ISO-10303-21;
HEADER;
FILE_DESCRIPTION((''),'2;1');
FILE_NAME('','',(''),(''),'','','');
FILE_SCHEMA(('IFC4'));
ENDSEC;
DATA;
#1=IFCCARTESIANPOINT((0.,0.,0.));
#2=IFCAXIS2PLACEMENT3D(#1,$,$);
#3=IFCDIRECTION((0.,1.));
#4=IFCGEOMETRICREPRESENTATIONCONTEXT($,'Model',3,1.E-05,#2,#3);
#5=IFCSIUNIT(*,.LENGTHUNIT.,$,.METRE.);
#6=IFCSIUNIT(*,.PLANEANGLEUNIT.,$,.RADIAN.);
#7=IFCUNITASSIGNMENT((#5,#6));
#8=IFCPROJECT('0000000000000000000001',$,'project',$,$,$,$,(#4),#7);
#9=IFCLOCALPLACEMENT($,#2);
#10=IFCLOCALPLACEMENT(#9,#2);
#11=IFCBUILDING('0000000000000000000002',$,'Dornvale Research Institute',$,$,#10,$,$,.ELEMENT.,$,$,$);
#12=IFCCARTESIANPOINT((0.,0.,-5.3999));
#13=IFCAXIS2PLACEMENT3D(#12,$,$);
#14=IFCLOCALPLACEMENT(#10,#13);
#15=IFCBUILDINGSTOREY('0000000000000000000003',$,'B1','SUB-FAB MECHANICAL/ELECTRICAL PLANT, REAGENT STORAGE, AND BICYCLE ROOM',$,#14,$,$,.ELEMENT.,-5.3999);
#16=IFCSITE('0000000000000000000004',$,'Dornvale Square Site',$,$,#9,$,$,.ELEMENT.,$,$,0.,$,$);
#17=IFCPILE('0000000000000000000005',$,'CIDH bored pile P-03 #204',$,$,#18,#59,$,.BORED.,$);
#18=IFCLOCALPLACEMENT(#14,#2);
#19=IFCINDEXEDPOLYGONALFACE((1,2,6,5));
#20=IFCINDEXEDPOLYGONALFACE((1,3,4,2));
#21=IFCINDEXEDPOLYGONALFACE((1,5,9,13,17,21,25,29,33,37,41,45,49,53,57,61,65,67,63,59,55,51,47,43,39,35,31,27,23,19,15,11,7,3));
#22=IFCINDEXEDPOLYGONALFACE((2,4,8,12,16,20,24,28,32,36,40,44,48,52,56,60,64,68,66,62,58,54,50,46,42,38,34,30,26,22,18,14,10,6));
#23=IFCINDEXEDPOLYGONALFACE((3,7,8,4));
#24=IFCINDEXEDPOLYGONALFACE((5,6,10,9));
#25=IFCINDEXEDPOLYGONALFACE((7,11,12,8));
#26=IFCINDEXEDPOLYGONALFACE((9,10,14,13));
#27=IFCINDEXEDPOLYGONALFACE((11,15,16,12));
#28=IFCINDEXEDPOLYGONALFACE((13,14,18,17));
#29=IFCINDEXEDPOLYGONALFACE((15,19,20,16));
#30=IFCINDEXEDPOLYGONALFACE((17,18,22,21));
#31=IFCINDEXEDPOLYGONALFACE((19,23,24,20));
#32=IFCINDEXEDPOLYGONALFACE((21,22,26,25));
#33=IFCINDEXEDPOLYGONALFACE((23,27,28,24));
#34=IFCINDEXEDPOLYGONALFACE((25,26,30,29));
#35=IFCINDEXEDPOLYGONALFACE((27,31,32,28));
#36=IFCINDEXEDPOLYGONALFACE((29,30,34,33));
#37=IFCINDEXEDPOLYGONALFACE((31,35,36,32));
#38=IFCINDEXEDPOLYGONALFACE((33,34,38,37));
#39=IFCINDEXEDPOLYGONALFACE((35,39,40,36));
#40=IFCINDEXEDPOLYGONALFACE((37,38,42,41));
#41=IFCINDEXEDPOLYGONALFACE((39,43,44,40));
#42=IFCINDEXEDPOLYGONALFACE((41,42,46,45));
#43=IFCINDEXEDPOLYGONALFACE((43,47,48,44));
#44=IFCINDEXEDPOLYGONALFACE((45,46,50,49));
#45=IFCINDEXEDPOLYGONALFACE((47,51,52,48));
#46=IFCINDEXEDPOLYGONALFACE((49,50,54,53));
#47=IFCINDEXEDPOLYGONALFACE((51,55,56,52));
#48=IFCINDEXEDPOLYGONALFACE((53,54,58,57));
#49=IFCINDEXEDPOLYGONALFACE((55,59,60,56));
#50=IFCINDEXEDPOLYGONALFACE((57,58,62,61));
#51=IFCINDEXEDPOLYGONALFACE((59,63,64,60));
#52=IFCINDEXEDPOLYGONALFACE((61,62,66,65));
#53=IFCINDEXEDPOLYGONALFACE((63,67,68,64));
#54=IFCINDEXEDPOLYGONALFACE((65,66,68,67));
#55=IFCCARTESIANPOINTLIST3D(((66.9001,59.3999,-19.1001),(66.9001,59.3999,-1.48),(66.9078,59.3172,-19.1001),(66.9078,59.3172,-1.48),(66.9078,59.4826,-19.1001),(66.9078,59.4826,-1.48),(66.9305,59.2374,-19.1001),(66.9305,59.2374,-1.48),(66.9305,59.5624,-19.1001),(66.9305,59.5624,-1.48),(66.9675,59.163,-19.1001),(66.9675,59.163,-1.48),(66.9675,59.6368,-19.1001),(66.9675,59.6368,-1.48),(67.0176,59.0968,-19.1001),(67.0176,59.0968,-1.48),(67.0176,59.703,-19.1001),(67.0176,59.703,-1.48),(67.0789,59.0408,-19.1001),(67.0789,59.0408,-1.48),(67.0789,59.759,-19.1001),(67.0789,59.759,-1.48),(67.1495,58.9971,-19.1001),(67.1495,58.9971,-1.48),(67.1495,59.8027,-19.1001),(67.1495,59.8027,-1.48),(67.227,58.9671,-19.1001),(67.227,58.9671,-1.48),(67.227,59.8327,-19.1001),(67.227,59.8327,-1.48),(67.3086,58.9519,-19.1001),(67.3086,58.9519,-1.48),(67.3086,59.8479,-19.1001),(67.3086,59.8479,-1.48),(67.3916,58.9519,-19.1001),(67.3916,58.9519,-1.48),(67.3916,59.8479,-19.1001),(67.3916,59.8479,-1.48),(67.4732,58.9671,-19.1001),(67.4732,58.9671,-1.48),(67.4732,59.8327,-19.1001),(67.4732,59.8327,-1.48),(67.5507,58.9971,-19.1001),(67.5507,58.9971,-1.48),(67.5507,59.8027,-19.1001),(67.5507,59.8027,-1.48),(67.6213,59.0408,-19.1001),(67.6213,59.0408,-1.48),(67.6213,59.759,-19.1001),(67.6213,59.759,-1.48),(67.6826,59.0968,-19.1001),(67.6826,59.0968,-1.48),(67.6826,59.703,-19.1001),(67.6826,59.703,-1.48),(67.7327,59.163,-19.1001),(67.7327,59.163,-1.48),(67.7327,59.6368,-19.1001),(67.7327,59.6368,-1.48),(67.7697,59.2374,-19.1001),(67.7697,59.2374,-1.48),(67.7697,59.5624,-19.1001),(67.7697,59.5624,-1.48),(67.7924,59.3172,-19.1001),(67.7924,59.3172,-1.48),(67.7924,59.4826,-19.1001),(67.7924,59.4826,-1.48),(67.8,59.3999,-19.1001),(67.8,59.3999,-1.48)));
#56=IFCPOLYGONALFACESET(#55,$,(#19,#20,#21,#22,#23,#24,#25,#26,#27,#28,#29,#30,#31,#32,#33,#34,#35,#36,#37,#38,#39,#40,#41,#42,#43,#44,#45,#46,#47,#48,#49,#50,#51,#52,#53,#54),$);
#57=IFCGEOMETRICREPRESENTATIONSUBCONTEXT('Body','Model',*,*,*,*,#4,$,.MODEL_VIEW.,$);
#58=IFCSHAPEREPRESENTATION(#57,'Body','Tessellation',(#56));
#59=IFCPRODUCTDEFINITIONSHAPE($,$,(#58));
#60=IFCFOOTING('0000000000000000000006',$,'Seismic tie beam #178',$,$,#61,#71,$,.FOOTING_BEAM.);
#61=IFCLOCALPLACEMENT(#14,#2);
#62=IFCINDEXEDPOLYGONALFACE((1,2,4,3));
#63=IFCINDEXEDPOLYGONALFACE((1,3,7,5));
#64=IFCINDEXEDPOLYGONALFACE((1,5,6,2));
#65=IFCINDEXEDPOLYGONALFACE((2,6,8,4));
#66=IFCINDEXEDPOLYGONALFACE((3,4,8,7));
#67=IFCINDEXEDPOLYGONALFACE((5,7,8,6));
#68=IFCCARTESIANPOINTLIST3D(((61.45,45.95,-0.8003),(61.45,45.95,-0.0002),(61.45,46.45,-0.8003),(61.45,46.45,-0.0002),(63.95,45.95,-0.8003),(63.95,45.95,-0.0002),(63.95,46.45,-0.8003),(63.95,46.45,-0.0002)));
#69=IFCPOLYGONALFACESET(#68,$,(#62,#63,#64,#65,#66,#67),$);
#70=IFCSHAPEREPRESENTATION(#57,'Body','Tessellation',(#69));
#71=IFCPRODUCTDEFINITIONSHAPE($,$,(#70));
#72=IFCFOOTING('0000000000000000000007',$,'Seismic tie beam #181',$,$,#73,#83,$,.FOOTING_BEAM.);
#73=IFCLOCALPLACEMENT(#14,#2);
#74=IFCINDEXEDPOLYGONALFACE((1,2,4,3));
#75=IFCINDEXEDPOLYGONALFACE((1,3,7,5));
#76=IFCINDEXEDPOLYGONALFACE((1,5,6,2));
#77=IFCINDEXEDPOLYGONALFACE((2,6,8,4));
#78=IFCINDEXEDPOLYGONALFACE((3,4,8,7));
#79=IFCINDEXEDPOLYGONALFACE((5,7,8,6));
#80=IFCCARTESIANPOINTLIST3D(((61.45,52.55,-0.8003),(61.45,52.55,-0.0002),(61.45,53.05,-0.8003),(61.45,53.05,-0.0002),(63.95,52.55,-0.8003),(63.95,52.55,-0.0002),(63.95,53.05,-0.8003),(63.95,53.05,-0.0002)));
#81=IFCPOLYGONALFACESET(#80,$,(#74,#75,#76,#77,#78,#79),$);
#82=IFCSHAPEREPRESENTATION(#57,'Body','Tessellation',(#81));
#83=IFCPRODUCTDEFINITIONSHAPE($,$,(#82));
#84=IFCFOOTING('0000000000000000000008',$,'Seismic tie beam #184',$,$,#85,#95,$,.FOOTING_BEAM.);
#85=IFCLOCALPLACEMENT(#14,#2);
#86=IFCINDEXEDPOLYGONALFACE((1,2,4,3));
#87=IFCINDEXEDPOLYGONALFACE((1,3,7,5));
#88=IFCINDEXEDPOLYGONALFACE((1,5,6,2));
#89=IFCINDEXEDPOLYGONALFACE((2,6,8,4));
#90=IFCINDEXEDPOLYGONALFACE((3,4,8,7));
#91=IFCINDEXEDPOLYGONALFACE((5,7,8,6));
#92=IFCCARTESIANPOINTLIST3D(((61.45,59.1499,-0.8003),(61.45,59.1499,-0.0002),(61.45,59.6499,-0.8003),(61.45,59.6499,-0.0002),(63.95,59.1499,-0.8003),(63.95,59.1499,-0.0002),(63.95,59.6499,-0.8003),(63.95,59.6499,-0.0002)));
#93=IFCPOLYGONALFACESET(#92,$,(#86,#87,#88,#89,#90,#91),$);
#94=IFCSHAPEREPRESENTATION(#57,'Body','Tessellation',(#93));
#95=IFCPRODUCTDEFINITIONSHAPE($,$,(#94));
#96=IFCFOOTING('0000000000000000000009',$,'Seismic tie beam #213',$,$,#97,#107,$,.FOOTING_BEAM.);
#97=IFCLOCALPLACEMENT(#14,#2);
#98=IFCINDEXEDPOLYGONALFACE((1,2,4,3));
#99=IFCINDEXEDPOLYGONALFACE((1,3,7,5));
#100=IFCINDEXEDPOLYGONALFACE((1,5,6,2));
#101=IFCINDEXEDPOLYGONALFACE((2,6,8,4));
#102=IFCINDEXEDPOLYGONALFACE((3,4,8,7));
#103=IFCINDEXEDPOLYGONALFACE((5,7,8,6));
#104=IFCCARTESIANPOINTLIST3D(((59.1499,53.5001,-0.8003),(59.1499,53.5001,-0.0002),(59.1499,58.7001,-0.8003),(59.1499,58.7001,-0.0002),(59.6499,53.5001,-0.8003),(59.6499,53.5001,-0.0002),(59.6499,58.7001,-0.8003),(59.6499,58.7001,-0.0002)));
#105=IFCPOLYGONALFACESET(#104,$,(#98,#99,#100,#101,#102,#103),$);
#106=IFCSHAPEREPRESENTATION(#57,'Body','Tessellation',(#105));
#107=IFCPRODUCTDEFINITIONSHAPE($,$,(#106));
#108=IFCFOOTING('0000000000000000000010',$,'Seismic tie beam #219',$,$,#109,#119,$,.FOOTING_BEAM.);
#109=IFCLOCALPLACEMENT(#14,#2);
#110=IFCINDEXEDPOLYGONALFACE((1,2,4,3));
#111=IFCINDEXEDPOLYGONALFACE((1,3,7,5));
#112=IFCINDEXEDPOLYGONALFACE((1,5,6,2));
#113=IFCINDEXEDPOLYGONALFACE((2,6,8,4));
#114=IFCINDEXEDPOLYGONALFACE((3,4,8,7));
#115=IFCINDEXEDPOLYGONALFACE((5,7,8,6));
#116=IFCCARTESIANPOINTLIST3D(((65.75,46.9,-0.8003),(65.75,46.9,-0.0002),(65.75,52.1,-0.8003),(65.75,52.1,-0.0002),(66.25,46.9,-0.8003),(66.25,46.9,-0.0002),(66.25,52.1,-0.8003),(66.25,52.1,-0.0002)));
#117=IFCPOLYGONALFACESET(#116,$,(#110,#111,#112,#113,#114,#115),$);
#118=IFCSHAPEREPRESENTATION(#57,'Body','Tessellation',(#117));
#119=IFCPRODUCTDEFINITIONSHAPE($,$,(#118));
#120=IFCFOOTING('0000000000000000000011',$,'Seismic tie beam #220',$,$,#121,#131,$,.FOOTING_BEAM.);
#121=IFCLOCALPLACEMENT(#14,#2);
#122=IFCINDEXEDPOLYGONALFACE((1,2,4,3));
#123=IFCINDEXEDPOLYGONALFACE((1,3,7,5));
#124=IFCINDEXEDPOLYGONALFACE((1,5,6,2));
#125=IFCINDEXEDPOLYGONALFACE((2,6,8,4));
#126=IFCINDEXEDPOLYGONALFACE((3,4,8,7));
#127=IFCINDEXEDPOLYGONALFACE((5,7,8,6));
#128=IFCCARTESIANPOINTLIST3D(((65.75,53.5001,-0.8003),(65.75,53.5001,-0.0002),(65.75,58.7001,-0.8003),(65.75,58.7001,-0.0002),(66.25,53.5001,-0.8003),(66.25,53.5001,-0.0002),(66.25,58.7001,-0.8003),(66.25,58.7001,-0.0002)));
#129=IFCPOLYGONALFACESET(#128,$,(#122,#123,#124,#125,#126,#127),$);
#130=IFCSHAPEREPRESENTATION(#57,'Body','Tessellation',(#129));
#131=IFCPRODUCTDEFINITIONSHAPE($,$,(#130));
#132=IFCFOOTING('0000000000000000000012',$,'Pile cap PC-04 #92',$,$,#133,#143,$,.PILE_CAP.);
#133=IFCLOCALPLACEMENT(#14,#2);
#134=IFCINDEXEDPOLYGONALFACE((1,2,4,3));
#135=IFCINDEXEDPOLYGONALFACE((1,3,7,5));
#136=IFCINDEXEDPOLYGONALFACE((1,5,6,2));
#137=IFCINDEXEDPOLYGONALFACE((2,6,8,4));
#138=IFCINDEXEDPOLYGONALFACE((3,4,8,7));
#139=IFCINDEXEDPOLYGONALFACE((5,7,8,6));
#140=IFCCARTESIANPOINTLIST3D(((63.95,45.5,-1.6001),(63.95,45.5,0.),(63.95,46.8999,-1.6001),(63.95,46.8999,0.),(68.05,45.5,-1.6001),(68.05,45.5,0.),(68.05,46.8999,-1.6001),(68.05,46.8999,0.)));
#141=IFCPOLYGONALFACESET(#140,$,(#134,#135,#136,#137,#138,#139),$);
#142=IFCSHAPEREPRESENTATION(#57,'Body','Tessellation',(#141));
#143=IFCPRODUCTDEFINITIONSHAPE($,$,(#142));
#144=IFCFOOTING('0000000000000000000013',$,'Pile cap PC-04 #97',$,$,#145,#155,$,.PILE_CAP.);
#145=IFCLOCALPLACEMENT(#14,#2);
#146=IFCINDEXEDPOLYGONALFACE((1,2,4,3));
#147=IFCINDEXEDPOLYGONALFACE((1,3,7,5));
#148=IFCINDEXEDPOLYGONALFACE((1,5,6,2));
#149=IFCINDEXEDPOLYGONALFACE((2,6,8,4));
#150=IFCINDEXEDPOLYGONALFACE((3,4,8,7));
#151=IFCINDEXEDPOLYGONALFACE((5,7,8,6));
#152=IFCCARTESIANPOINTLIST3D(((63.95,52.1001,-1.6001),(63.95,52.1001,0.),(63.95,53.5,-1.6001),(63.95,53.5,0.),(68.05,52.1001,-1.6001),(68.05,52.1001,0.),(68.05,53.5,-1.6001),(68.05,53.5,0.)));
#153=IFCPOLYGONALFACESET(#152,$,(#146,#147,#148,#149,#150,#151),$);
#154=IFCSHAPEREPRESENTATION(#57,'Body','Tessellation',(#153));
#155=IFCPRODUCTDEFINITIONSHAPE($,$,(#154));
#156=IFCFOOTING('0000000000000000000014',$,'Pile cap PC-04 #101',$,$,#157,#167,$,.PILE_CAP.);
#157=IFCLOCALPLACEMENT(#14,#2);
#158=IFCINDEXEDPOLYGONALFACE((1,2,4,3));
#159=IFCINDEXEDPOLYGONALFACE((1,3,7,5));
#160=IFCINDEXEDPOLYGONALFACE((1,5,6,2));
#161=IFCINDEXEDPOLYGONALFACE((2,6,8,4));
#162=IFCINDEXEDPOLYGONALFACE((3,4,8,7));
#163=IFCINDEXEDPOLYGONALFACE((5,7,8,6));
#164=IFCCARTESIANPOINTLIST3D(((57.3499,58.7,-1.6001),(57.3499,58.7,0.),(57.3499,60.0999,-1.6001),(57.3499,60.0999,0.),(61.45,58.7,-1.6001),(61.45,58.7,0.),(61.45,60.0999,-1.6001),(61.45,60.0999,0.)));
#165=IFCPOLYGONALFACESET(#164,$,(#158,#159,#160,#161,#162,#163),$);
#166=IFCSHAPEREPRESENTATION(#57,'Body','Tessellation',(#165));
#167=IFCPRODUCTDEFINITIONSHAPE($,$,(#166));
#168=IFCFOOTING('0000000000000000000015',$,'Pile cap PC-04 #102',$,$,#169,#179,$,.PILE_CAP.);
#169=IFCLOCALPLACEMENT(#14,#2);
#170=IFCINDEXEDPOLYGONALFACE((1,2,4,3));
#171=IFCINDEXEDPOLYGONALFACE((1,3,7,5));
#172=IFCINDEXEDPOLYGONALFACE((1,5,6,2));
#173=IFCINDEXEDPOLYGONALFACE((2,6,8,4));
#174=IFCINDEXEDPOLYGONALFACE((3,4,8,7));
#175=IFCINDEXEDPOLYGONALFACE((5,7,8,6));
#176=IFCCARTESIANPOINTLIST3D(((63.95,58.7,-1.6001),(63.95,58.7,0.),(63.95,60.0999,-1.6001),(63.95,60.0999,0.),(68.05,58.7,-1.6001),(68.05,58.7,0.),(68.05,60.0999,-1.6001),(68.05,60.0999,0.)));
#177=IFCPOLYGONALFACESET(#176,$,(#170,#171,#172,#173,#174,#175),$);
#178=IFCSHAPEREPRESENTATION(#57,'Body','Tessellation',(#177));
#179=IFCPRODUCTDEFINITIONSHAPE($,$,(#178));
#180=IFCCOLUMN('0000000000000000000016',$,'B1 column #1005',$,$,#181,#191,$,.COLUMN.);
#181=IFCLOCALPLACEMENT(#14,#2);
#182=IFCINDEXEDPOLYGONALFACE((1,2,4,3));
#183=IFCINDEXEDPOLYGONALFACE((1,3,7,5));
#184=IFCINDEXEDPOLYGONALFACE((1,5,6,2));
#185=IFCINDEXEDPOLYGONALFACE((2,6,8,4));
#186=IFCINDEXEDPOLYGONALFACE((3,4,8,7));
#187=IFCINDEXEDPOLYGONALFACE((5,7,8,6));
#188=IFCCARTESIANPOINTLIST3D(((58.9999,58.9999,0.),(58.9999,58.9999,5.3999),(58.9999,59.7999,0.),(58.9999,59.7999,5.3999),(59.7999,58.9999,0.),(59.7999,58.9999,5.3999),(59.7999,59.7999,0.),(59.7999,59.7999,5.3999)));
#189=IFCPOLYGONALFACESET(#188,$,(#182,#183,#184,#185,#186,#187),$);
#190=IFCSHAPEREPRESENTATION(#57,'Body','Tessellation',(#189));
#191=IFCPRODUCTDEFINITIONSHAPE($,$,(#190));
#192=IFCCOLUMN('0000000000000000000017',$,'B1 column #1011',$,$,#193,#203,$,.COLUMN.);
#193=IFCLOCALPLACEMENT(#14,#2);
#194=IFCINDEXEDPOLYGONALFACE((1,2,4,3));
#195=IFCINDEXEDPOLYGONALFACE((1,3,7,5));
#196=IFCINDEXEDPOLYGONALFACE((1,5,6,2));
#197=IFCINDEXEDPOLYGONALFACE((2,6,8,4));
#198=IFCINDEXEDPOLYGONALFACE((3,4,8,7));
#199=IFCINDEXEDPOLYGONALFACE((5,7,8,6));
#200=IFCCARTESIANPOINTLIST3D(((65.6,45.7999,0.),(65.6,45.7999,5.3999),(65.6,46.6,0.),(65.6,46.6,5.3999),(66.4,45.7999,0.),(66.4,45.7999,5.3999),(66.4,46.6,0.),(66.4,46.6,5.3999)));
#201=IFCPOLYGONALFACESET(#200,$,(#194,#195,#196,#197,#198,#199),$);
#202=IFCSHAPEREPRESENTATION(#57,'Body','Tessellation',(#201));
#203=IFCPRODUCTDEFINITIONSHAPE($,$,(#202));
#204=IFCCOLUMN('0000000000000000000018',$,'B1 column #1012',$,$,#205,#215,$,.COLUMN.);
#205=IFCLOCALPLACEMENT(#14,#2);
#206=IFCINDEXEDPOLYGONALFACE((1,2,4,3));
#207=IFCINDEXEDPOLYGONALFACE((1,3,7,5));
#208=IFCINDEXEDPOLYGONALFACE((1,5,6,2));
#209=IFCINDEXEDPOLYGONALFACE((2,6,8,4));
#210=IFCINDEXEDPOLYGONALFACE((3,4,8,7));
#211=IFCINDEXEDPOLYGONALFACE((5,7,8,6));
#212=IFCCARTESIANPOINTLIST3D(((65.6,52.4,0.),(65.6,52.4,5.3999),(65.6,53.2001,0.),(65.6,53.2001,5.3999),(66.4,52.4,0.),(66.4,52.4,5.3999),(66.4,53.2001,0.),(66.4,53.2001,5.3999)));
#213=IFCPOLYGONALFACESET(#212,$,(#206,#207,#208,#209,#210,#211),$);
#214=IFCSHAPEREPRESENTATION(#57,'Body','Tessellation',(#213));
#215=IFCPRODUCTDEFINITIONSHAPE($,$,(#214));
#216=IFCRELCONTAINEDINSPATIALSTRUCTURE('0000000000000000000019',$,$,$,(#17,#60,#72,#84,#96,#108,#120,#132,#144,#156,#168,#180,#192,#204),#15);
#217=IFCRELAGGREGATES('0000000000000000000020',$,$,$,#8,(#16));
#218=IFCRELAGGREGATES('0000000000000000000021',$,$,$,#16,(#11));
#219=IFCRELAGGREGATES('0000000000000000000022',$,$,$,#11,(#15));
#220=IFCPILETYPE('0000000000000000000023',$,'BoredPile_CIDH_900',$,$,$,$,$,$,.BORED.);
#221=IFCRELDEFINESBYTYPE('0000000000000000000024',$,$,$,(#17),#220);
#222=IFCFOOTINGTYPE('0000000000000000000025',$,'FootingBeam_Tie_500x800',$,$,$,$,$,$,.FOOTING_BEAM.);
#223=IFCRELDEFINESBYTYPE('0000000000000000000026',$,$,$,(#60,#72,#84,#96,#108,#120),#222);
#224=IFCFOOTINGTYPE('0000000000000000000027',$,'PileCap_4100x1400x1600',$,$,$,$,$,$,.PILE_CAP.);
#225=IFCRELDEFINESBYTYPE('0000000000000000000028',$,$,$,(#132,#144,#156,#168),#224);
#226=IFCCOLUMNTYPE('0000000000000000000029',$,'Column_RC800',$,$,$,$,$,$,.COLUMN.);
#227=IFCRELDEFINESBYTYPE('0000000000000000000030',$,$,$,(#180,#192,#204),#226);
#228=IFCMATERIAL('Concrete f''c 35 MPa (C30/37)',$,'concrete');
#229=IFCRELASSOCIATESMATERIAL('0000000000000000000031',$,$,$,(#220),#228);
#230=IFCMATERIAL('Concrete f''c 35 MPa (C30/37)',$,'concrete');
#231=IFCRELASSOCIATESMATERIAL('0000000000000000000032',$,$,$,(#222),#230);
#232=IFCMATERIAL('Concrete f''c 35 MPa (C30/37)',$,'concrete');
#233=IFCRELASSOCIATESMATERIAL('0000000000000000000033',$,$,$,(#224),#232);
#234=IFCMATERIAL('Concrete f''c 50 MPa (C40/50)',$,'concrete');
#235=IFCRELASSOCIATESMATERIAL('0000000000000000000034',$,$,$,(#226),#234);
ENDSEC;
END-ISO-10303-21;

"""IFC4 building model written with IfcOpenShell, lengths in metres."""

from ifc_helpers import new_model, si_unit, direction, frame, origin, origin_2d, place, context, subcontext, project, spatial, rectangle, circle, extrude, material, material_profile, profile_set, type_object, element, save


model = new_model("IFC4")

# Units and contexts
model_context = context("Model", 3, precision=1e-05, world=origin(), true_north=direction((0.0, 1.0)))
body_context = subcontext(model_context, "Body", "Model", "MODEL_VIEW")
ifc_project = project(units=[si_unit("LENGTHUNIT", "METRE"), si_unit("PLANEANGLEUNIT", "RADIAN")], contexts=[model_context])

# Site, building, storey
site_placement = place(None, origin())
site = spatial("IfcSite", under=ifc_project, at=site_placement, Name="Dornvale Square Site", CompositionType="ELEMENT", RefElevation=0.0)
building_placement = place(site_placement, origin())
building = spatial("IfcBuilding", under=site, at=building_placement, Name="Dornvale Research Institute", CompositionType="ELEMENT")
storey_placement = place(building_placement, frame((0.0, 0.0, -5.3999)))
storey = spatial("IfcBuildingStorey", under=building, at=storey_placement, Name="B1", Description="SUB-FAB MECHANICAL/ELECTRICAL PLANT, REAGENT STORAGE, AND BICYCLE ROOM", CompositionType="ELEMENT", Elevation=-5.3999)

# Pile
ifc_material_1 = material(Name="Concrete f'c 35 MPa (C30/37)", Category="concrete")
ifc_material_profile_1 = material_profile(ifc_material_1, circle(Radius=0.45, at=origin_2d()), Name="CIDH PILE D900")
ifc_profile_set_1 = profile_set([ifc_material_profile_1], Name="Concrete f'c 35 MPa (C30/37)")
pile_type = type_object("IfcPileType", Name="BoredPile_CIDH_900", PredefinedType="BORED", material=ifc_profile_set_1)
for number, where, z_axis, x_axis, name in (
    (1, (67.3501, 59.3999, -1.48), (0.0, 0.0, -1.0), (1.0, 0.0, 0.0), "CIDH bored pile P-03 #204"),
):
    element("IfcPile", number, at=place(storey_placement, frame(where, z_axis=z_axis, x_axis=x_axis)), inside=storey, type_object=pile_type, Name=name, PredefinedType="BORED", context=body_context, shape_type="SweptSolid", body=[
        extrude(circle(Radius=0.45, at=origin_2d()), origin(), (0.0, 0.0, 1.0), 17.6201),
    ])

# Footings
ifc_material_2 = material(Name="Concrete f'c 35 MPa (C30/37)", Category="concrete")
footing_type_1 = type_object("IfcFootingType", Name="FootingBeam_Tie_500x800", PredefinedType="FOOTING_BEAM", material=ifc_material_2)
for number, where, z_axis, x_axis, name in (
    (2, (62.7, 46.2, -0.8003), (0.0, 0.0, 1.0), (1.0, 0.0, 0.0), "Seismic tie beam #178"),
    (3, (62.7, 52.8, -0.8003), (0.0, 0.0, 1.0), (1.0, 0.0, 0.0), "Seismic tie beam #181"),
    (4, (62.7, 59.3999, -0.8003), (0.0, 0.0, 1.0), (1.0, 0.0, 0.0), "Seismic tie beam #184"),
):
    element("IfcFooting", number, at=place(storey_placement, frame(where, z_axis=z_axis, x_axis=x_axis)), inside=storey, type_object=footing_type_1, Name=name, PredefinedType="FOOTING_BEAM", context=body_context, shape_type="SweptSolid", body=[
        extrude(rectangle(XDim=2.5, YDim=0.5, at=origin_2d()), origin(), (0.0, 0.0, 1.0), 0.8),
    ])
for number, where, z_axis, x_axis, name in (
    (5, (59.3999, 56.1001, -0.8003), (0.0, 0.0, 1.0), (0.0, 1.0, 0.0), "Seismic tie beam #213"),
    (6, (66.0, 49.5, -0.8003), (0.0, 0.0, 1.0), (0.0, 1.0, 0.0), "Seismic tie beam #219"),
    (7, (66.0, 56.1001, -0.8003), (0.0, 0.0, 1.0), (0.0, 1.0, 0.0), "Seismic tie beam #220"),
):
    element("IfcFooting", number, at=place(storey_placement, frame(where, z_axis=z_axis, x_axis=x_axis)), inside=storey, type_object=footing_type_1, Name=name, PredefinedType="FOOTING_BEAM", context=body_context, shape_type="SweptSolid", body=[
        extrude(rectangle(XDim=5.2, YDim=0.5, at=origin_2d()), origin(), (0.0, 0.0, 1.0), 0.8),
    ])
ifc_material_3 = material(Name="Concrete f'c 35 MPa (C30/37)", Category="concrete")
footing_type_2 = type_object("IfcFootingType", Name="PileCap_4100x1400x1600", PredefinedType="PILE_CAP", material=ifc_material_3)
for number, where, z_axis, x_axis, name in (
    (8, (66.0, 46.2, -1.6001), (0.0, 0.0, 1.0), (1.0, 0.0, 0.0), "Pile cap PC-04 #92"),
    (9, (66.0, 52.8, -1.6001), (0.0, 0.0, 1.0), (1.0, 0.0, 0.0), "Pile cap PC-04 #97"),
    (10, (59.3999, 59.3999, -1.6001), (0.0, 0.0, 1.0), (1.0, 0.0, 0.0), "Pile cap PC-04 #101"),
    (11, (66.0, 59.3999, -1.6001), (0.0, 0.0, 1.0), (1.0, 0.0, 0.0), "Pile cap PC-04 #102"),
):
    element("IfcFooting", number, at=place(storey_placement, frame(where, z_axis=z_axis, x_axis=x_axis)), inside=storey, type_object=footing_type_2, Name=name, PredefinedType="PILE_CAP", context=body_context, shape_type="SweptSolid", body=[
        extrude(rectangle(XDim=4.1001, YDim=1.3999, at=origin_2d()), origin(), (0.0, 0.0, 1.0), 1.6001),
    ])

# Columns
ifc_material_4 = material(Name="Concrete f'c 50 MPa (C40/50)", Category="concrete")
ifc_material_profile_2 = material_profile(ifc_material_4, rectangle(XDim=0.8, YDim=0.8, at=origin_2d()), Name="RC 800x800")
ifc_profile_set_2 = profile_set([ifc_material_profile_2], Name="Concrete f'c 50 MPa (C40/50)")
column_type = type_object("IfcColumnType", Name="Column_RC800", PredefinedType="COLUMN", material=ifc_profile_set_2)
for number, where, z_axis, x_axis, name in (
    (12, (59.3999, 59.3999, 0.0), (0.0, 0.0, 1.0), (1.0, 0.0, 0.0), "B1 column #1005"),
    (13, (66.0, 46.2, 0.0), (0.0, 0.0, 1.0), (1.0, 0.0, 0.0), "B1 column #1011"),
    (14, (66.0, 52.8, 0.0), (0.0, 0.0, 1.0), (1.0, 0.0, 0.0), "B1 column #1012"),
):
    element("IfcColumn", number, at=place(storey_placement, frame(where, z_axis=z_axis, x_axis=x_axis)), inside=storey, type_object=column_type, Name=name, PredefinedType="COLUMN", context=body_context, shape_type="SweptSolid", body=[
        extrude(rectangle(XDim=0.8, YDim=0.8, at=origin_2d()), origin(), (0.0, 0.0, 1.0), 5.3999),
    ])

save(model, "model.ifc")
